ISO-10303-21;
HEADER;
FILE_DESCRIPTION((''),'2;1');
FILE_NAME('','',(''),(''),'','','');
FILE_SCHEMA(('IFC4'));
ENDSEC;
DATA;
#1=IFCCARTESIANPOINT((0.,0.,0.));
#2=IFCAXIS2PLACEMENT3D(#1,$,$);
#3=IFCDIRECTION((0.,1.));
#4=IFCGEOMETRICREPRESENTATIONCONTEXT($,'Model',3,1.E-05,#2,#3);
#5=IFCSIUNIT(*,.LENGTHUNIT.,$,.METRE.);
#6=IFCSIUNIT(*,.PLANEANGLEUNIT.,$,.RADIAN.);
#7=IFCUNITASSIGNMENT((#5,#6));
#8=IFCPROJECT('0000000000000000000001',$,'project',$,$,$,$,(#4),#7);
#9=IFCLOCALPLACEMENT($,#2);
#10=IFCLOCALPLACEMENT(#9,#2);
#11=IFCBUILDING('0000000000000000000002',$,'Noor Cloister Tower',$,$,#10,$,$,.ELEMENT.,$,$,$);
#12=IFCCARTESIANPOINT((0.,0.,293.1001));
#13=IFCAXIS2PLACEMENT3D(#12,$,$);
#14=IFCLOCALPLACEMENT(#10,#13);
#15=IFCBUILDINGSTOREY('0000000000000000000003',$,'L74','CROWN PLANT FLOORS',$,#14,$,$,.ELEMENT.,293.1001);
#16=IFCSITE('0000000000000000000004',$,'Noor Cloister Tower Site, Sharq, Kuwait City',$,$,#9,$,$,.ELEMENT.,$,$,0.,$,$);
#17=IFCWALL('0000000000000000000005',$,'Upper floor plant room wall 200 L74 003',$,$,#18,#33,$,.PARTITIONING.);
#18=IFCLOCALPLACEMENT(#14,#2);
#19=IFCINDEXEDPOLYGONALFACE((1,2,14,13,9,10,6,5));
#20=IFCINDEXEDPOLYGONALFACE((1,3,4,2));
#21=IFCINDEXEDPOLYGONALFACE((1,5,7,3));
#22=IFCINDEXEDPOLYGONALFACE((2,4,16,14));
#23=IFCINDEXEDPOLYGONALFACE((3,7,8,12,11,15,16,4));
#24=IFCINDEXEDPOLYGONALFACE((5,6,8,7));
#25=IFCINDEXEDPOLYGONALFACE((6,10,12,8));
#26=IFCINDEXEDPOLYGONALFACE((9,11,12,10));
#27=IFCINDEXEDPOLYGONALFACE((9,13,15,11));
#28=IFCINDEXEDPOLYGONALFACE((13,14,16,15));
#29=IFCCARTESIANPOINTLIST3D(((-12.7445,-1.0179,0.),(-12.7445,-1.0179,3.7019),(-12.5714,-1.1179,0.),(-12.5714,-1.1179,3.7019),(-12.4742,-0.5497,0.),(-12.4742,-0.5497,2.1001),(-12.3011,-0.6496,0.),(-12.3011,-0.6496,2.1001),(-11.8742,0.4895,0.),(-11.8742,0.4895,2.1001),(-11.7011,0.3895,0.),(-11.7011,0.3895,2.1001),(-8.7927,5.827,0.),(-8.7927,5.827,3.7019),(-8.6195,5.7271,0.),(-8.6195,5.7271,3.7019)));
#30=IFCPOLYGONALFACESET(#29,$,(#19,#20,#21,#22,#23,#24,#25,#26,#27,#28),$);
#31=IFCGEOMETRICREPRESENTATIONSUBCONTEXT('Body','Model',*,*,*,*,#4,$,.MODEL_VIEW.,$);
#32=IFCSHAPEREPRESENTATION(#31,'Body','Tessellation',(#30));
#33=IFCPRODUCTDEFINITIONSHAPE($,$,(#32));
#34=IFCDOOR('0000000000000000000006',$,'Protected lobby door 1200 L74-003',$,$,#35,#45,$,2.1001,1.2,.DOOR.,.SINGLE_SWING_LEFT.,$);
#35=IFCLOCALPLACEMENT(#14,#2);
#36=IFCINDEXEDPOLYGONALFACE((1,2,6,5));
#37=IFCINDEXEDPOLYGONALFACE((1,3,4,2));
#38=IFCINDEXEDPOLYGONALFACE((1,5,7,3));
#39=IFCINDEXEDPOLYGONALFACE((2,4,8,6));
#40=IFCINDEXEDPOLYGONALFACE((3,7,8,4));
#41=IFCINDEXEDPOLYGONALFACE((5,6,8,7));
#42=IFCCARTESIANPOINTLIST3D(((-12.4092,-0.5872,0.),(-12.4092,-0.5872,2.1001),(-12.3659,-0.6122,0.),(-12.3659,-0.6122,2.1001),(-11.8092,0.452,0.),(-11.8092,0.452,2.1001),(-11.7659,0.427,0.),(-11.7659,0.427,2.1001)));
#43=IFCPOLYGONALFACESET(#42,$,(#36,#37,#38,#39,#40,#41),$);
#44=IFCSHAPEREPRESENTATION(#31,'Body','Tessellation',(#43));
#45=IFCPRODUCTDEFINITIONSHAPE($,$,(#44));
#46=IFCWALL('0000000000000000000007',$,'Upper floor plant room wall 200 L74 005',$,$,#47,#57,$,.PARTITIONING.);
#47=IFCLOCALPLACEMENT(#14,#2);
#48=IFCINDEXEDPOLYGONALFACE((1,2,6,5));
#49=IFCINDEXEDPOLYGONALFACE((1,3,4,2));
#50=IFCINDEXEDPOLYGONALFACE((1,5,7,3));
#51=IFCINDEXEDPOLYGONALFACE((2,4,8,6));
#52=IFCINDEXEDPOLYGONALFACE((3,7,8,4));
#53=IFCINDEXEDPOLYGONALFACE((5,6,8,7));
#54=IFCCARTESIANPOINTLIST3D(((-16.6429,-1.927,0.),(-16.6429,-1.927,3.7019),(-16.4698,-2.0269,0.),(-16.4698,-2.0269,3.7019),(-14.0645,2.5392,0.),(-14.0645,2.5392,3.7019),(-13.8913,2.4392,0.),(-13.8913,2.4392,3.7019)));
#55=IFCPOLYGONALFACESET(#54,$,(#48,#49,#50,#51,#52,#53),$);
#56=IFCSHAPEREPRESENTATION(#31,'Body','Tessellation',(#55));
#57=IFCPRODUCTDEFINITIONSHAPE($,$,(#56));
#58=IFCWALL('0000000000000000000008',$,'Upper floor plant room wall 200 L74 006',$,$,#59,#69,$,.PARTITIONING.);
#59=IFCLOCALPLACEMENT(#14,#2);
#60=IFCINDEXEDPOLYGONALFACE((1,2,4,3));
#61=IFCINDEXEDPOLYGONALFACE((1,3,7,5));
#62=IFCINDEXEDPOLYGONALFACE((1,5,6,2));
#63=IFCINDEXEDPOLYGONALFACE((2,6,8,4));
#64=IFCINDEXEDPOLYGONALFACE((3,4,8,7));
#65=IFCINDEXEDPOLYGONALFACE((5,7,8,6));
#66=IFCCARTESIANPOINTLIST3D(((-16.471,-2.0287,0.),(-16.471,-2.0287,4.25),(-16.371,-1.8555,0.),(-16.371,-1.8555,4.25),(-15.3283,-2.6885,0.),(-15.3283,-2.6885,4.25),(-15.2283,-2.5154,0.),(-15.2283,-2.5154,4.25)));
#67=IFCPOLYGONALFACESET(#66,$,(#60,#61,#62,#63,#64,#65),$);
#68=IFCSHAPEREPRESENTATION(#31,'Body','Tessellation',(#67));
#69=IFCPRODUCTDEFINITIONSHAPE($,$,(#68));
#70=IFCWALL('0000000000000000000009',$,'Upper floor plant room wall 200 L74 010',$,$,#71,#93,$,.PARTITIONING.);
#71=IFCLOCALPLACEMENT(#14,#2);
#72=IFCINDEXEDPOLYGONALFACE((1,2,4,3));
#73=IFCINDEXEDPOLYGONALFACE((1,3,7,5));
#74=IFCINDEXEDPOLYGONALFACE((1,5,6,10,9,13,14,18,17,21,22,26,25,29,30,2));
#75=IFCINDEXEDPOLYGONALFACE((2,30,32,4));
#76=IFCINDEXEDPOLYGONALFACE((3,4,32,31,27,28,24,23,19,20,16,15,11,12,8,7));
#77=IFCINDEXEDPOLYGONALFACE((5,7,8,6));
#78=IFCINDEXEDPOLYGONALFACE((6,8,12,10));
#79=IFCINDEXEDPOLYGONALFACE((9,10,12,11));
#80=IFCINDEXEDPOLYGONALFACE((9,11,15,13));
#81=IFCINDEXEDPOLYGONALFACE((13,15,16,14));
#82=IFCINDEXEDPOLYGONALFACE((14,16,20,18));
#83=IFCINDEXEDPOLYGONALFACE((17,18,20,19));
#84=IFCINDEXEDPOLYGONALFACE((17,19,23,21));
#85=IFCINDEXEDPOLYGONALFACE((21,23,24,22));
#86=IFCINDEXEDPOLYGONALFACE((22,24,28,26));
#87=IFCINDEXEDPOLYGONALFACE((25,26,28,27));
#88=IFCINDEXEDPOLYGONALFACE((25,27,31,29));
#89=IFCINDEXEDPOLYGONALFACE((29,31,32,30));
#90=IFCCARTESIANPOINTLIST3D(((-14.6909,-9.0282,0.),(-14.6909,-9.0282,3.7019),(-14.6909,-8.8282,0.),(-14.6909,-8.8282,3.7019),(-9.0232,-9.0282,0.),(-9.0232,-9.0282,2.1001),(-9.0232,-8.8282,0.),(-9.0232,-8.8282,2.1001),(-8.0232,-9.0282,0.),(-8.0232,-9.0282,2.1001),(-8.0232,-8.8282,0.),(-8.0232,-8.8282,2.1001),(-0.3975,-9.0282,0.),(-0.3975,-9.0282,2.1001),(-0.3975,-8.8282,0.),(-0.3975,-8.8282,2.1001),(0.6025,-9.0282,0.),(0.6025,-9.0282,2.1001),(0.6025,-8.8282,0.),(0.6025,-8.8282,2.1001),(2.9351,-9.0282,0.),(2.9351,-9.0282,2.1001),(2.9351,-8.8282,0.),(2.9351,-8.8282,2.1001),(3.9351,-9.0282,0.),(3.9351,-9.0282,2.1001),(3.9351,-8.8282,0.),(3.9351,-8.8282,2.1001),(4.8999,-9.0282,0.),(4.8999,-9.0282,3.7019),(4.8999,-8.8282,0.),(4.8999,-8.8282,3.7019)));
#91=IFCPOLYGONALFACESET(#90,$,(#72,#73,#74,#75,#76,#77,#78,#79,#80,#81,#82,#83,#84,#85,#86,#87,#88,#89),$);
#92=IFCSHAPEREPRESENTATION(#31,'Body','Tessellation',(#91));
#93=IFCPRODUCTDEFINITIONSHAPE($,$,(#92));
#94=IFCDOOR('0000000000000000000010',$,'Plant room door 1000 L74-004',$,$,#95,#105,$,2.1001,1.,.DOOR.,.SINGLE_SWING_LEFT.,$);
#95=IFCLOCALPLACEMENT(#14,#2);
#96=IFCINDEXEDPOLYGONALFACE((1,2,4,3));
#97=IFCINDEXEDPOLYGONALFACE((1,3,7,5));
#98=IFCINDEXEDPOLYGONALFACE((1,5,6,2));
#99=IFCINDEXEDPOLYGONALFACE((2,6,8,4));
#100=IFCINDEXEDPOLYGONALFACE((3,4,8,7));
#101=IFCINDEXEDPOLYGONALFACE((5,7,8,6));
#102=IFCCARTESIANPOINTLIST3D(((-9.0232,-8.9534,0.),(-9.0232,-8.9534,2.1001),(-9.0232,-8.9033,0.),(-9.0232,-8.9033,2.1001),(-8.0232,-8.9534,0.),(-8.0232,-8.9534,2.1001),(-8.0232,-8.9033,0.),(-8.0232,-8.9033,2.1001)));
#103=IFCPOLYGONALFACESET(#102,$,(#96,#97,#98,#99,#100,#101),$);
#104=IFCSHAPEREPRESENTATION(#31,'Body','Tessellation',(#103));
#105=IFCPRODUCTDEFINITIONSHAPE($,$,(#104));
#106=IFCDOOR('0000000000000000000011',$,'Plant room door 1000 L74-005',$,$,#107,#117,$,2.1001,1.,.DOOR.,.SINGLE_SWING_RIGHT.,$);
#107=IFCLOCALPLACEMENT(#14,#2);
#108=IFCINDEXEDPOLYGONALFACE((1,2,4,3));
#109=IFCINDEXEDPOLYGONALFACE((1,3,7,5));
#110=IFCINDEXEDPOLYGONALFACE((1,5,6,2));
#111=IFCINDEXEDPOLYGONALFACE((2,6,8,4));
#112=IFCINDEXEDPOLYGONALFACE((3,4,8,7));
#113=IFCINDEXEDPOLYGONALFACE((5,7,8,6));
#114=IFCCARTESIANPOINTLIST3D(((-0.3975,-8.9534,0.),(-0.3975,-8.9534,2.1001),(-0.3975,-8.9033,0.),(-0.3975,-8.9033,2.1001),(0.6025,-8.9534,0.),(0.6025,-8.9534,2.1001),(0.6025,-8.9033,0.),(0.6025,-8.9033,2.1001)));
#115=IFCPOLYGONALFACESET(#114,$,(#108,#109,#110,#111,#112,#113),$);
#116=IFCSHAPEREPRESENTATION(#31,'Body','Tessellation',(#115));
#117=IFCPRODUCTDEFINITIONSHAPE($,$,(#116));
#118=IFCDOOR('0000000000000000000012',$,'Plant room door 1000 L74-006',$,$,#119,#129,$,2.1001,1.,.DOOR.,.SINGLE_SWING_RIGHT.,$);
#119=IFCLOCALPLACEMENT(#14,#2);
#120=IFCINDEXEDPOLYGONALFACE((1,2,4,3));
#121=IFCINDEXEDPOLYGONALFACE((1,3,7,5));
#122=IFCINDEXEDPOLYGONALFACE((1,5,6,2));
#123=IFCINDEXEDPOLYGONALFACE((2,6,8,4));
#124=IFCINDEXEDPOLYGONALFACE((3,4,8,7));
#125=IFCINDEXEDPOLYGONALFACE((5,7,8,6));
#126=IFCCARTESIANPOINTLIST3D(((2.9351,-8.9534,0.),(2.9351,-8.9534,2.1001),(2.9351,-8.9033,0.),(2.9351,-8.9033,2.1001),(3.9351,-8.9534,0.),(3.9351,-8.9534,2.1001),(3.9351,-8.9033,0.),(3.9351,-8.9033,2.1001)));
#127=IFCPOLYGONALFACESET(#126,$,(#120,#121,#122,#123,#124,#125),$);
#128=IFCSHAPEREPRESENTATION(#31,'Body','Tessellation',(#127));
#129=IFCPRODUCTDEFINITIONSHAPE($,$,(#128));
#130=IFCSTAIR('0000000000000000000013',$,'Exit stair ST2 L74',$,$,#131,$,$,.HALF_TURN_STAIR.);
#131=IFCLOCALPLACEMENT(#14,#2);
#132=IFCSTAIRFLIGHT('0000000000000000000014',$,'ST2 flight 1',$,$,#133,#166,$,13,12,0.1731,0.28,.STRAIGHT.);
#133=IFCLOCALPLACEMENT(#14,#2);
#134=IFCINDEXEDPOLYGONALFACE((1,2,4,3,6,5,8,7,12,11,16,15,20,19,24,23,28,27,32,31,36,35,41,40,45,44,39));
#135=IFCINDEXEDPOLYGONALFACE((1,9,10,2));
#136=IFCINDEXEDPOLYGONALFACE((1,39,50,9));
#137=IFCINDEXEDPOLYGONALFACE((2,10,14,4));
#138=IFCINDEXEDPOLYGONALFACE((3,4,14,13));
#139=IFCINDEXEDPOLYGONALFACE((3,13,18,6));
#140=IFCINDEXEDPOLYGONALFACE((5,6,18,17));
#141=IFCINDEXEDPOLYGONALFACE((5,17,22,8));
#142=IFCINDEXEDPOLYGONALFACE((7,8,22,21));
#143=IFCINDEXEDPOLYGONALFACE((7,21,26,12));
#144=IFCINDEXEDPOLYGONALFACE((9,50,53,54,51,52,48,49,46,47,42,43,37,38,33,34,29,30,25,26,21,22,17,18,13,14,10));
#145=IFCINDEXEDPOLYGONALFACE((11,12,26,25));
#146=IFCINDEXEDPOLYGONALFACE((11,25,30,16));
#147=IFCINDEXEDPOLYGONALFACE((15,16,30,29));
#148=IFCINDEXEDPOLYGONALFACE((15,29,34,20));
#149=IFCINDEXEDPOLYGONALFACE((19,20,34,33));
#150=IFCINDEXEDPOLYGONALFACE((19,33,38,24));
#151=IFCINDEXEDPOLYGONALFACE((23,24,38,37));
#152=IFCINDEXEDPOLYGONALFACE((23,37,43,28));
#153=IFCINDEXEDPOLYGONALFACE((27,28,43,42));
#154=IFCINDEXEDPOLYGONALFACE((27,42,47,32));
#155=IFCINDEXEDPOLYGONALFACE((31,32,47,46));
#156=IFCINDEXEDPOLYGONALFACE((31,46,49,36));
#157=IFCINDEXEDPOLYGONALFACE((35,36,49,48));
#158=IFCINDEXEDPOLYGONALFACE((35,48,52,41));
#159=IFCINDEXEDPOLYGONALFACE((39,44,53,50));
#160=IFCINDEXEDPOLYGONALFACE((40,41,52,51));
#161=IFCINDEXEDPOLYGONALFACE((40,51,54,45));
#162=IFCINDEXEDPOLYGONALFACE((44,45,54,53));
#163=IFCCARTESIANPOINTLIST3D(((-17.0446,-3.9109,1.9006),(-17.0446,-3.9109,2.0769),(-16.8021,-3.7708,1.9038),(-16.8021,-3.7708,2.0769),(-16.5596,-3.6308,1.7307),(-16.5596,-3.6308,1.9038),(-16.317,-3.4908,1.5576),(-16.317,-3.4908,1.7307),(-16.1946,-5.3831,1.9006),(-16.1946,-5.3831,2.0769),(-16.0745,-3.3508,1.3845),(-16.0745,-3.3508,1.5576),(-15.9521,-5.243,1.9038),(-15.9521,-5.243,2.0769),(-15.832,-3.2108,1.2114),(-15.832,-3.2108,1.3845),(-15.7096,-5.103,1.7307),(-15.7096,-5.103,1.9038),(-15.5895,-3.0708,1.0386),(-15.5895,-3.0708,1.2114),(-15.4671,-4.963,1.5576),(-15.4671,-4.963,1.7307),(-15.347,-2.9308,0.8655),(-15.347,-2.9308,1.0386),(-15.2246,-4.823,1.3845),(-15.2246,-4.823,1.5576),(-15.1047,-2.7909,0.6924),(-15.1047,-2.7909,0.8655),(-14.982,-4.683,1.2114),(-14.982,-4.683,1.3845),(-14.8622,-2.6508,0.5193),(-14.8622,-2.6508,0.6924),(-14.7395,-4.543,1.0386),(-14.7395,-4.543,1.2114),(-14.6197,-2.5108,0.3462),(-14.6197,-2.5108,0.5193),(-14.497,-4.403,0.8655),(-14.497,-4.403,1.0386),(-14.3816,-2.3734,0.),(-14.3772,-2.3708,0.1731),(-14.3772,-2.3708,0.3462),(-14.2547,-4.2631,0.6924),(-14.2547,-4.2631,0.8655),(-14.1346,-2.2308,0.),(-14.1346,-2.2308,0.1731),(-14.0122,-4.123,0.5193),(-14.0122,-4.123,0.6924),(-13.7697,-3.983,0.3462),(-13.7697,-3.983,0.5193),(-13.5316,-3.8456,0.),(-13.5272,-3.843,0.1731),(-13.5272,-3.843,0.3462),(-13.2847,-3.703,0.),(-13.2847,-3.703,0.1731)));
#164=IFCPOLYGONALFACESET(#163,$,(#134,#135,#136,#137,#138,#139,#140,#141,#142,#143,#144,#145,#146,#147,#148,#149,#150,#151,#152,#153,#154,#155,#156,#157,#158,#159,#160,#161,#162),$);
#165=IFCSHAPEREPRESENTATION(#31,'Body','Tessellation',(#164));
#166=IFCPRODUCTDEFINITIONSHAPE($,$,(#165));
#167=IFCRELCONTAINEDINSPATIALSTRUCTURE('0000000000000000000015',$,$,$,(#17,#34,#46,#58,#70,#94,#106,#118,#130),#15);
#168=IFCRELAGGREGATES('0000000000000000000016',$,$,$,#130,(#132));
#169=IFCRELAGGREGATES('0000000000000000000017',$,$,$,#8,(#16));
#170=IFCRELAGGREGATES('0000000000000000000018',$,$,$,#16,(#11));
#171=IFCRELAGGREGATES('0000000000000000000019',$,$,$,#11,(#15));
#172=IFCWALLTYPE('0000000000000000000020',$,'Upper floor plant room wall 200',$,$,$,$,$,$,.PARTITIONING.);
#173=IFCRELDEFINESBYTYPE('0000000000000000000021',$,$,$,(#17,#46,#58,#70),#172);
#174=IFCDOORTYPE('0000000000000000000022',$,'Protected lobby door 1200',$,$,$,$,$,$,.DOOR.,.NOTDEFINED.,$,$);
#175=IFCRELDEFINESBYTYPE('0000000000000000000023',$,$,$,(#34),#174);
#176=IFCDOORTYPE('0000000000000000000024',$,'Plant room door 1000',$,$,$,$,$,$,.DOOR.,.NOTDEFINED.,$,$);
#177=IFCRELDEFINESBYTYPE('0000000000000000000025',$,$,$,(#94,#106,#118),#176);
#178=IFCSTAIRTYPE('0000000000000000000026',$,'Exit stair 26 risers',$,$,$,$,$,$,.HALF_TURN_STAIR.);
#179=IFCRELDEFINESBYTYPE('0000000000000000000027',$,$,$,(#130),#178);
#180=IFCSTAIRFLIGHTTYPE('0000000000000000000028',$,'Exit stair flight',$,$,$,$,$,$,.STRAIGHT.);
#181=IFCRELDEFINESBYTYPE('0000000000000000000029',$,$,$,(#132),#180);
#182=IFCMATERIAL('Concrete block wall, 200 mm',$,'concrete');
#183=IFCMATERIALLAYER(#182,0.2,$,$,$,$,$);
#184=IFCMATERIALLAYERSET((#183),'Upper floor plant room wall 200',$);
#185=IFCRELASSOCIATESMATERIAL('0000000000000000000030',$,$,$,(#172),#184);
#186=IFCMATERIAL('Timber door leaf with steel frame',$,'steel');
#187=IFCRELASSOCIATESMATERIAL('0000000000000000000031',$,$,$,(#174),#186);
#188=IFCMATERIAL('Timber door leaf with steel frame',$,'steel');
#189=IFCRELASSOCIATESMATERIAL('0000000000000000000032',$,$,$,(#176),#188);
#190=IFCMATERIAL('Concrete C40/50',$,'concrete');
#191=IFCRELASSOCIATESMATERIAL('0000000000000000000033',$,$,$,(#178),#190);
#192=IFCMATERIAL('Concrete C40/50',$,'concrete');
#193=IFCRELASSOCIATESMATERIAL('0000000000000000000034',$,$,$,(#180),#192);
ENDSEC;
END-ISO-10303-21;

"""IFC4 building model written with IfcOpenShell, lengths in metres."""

from ifc_helpers import new_model, si_unit, direction, frame, frame_2d, origin, place, context, subcontext, project, spatial, polyline, rectangle, outline, extrude, material, layer, layer_set, type_object, element, fill, aggregate, save


model = new_model("IFC4")

# Units and contexts
model_context = context("Model", 3, precision=1e-05, world=origin(), true_north=direction((0.0, 1.0)))
body_context = subcontext(model_context, "Body", "Model", "MODEL_VIEW")
ifc_project = project(units=[si_unit("LENGTHUNIT", "METRE"), si_unit("PLANEANGLEUNIT", "RADIAN")], contexts=[model_context])

# Site, building, storey
site_placement = place(None, origin())
site = spatial("IfcSite", under=ifc_project, at=site_placement, Name="Noor Cloister Tower Site, Sharq, Kuwait City", CompositionType="ELEMENT", RefElevation=0.0)
building_placement = place(site_placement, origin())
building = spatial("IfcBuilding", under=site, at=building_placement, Name="Noor Cloister Tower", CompositionType="ELEMENT")
storey_placement = place(building_placement, frame((0.0, 0.0, 293.1001)))
storey = spatial("IfcBuildingStorey", under=building, at=storey_placement, Name="L74", Description="CROWN PLANT FLOORS", CompositionType="ELEMENT", Elevation=293.1001)

# Wall, opening, door
ifc_material_1 = material(Name="Concrete block wall, 200 mm", Category="concrete")
ifc_layer_1 = layer(ifc_material_1, 0.2)
ifc_layer_set_1 = layer_set([ifc_layer_1], Name="Upper floor plant room wall 200")
wall_type_1 = type_object("IfcWallType", Name="Upper floor plant room wall 200", PredefinedType="PARTITIONING", material=ifc_layer_set_1)
wall_1_placement = place(storey_placement, frame((-12.658, -1.0679, 0.0), z_axis=(0.0, 0.0, 1.0), x_axis=(0.499996, 0.866028, 0.0)))
wall_1 = element("IfcWall", 1, at=wall_1_placement, inside=storey, type_object=wall_type_1, Name="Upper floor plant room wall 200 L74 003", PredefinedType="PARTITIONING", context=body_context, shape_type="SweptSolid", body=[
    extrude(rectangle(XDim=7.9038, YDim=0.2, at=frame_2d((3.9519, 0.0))), origin(), (0.0, 0.0, 1.0), 3.7019),
])
opening_1_placement = place(wall_1_placement, frame((0.5405, 0.0, 0.0)))
opening_1 = element("IfcOpeningElement", 2, at=opening_1_placement, cuts=wall_1, PredefinedType="OPENING", context=body_context, shape_type="SweptSolid", body=[
    extrude(rectangle(XDim=1.2, YDim=2.1001, at=frame_2d((0.6001, 1.05))), frame((0.0, 0.1099, 0.0), z_axis=(0.0, -1.0, 0.0), x_axis=(1.0, 0.0, 0.0)), (0.0, 0.0, 1.0), 0.22),
])
ifc_material_2 = material(Name="Timber door leaf with steel frame", Category="steel")
door_type_1 = type_object("IfcDoorType", Name="Protected lobby door 1200", OperationType="NOTDEFINED", PredefinedType="DOOR", material=ifc_material_2)
door_1_placement = place(opening_1_placement, origin())
door_1 = element("IfcDoor", 3, at=door_1_placement, inside=storey, type_object=door_type_1, Name="Protected lobby door 1200 L74-003", OperationType="SINGLE_SWING_LEFT", OverallHeight=2.1001, OverallWidth=1.2, PredefinedType="DOOR", context=body_context, shape_type="SweptSolid", body=[
    extrude(rectangle(XDim=1.2, YDim=2.1001, at=frame_2d((0.6001, 1.05))), frame((0.0, 0.0249, 0.0), z_axis=(0.0, -1.0, 0.0), x_axis=(1.0, 0.0, 0.0)), (0.0, 0.0, 1.0), 0.05),
])
fill(opening_1, door_1)

# Walls
wall_2_placement = place(storey_placement, frame((-16.5564, -1.9771, 0.0), z_axis=(0.0, 0.0, 1.0), x_axis=(0.499983, 0.866035, 0.0)))
element("IfcWall", 4, at=wall_2_placement, inside=storey, type_object=wall_type_1, Name="Upper floor plant room wall 200 L74 005", PredefinedType="PARTITIONING", context=body_context, shape_type="SweptSolid", body=[
    extrude(rectangle(XDim=5.157, YDim=0.2, at=frame_2d((2.5786, 0.0))), origin(), (0.0, 0.0, 1.0), 3.7019),
])
wall_3_placement = place(storey_placement, frame((-16.4209, -1.9421, 0.0), z_axis=(0.0, 0.0, 1.0), x_axis=(0.865991, -0.500059, 0.0)))
element("IfcWall", 5, at=wall_3_placement, inside=storey, type_object=wall_type_1, Name="Upper floor plant room wall 200 L74 006", PredefinedType="PARTITIONING", context=body_context, shape_type="SweptSolid", body=[
    extrude(rectangle(XDim=1.3196, YDim=0.2, at=frame_2d((0.6597, 0.0))), origin(), (0.0, 0.0, 1.0), 4.25),
])

# Wall, openings, doors
wall_4_placement = place(storey_placement, frame((-14.6909, -8.9282, 0.0), z_axis=(0.0, 0.0, 1.0), x_axis=(1.0, 0.0, 0.0)))
wall_4 = element("IfcWall", 6, at=wall_4_placement, inside=storey, type_object=wall_type_1, Name="Upper floor plant room wall 200 L74 010", PredefinedType="PARTITIONING", context=body_context, shape_type="SweptSolid", body=[
    extrude(rectangle(XDim=19.5908, YDim=0.2, at=frame_2d((9.7954, 0.0))), origin(), (0.0, 0.0, 1.0), 3.7019),
])
opening_2_placement = place(wall_4_placement, frame((5.6677, 0.0, 0.0)))
opening_2 = element("IfcOpeningElement", 7, at=opening_2_placement, cuts=wall_4, PredefinedType="OPENING", context=body_context, shape_type="SweptSolid", body=[
    extrude(rectangle(XDim=1.0, YDim=2.1001, at=frame_2d((0.5, 1.05))), frame((0.0, 0.1099, 0.0), z_axis=(0.0, -1.0, 0.0), x_axis=(1.0, 0.0, 0.0)), (0.0, 0.0, 1.0), 0.22),
])
opening_3_placement = place(wall_4_placement, frame((14.2935, 0.0, 0.0)))
opening_3 = element("IfcOpeningElement", 8, at=opening_3_placement, cuts=wall_4, PredefinedType="OPENING", context=body_context, shape_type="SweptSolid", body=[
    extrude(rectangle(XDim=1.0, YDim=2.1001, at=frame_2d((0.5, 1.05))), frame((0.0, 0.1099, 0.0), z_axis=(0.0, -1.0, 0.0), x_axis=(1.0, 0.0, 0.0)), (0.0, 0.0, 1.0), 0.22),
])
opening_4_placement = place(wall_4_placement, frame((17.626, 0.0, 0.0)))
opening_4 = element("IfcOpeningElement", 9, at=opening_4_placement, cuts=wall_4, PredefinedType="OPENING", context=body_context, shape_type="SweptSolid", body=[
    extrude(rectangle(XDim=1.0, YDim=2.1001, at=frame_2d((0.5, 1.05))), frame((0.0, 0.1099, 0.0), z_axis=(0.0, -1.0, 0.0), x_axis=(1.0, 0.0, 0.0)), (0.0, 0.0, 1.0), 0.22),
])
ifc_material_3 = material(Name="Timber door leaf with steel frame", Category="steel")
door_type_2 = type_object("IfcDoorType", Name="Plant room door 1000", OperationType="NOTDEFINED", PredefinedType="DOOR", material=ifc_material_3)
door_2_placement = place(opening_2_placement, origin())
door_2 = element("IfcDoor", 10, at=door_2_placement, inside=storey, type_object=door_type_2, Name="Plant room door 1000 L74-004", OperationType="SINGLE_SWING_LEFT", OverallHeight=2.1001, OverallWidth=1.0, PredefinedType="DOOR", context=body_context, shape_type="SweptSolid", body=[
    extrude(rectangle(XDim=1.0, YDim=2.1001, at=frame_2d((0.5, 1.05))), frame((0.0, 0.0249, 0.0), z_axis=(0.0, -1.0, 0.0), x_axis=(1.0, 0.0, 0.0)), (0.0, 0.0, 1.0), 0.05),
])
fill(opening_2, door_2)
door_3_placement = place(opening_3_placement, origin())
door_3 = element("IfcDoor", 11, at=door_3_placement, inside=storey, type_object=door_type_2, Name="Plant room door 1000 L74-005", OperationType="SINGLE_SWING_RIGHT", OverallHeight=2.1001, OverallWidth=1.0, PredefinedType="DOOR", context=body_context, shape_type="SweptSolid", body=[
    extrude(rectangle(XDim=1.0, YDim=2.1001, at=frame_2d((0.5, 1.05))), frame((0.0, 0.0249, 0.0), z_axis=(0.0, -1.0, 0.0), x_axis=(1.0, 0.0, 0.0)), (0.0, 0.0, 1.0), 0.05),
])
fill(opening_3, door_3)
door_4_placement = place(opening_4_placement, origin())
door_4 = element("IfcDoor", 12, at=door_4_placement, inside=storey, type_object=door_type_2, Name="Plant room door 1000 L74-006", OperationType="SINGLE_SWING_RIGHT", OverallHeight=2.1001, OverallWidth=1.0, PredefinedType="DOOR", context=body_context, shape_type="SweptSolid", body=[
    extrude(rectangle(XDim=1.0, YDim=2.1001, at=frame_2d((0.5, 1.05))), frame((0.0, 0.0249, 0.0), z_axis=(0.0, -1.0, 0.0), x_axis=(1.0, 0.0, 0.0)), (0.0, 0.0, 1.0), 0.05),
])
fill(opening_4, door_4)

# Stair, stair flight
ifc_material_4 = material(Name="Concrete C40/50", Category="concrete")
stair_type = type_object("IfcStairType", Name="Exit stair 26 risers", PredefinedType="HALF_TURN_STAIR", material=ifc_material_4)
stair_placement = place(storey_placement, origin())
stair = element("IfcStair", 13, at=stair_placement, inside=storey, type_object=stair_type, Name="Exit stair ST2 L74", PredefinedType="HALF_TURN_STAIR")
ifc_material_5 = material(Name="Concrete C40/50", Category="concrete")
stair_flight_type = type_object("IfcStairFlightType", Name="Exit stair flight", PredefinedType="STRAIGHT", material=ifc_material_5)
stair_flight_1_placement = place(storey_placement, frame((-13.7097, -2.9668, 0.0), z_axis=(0.0, 0.0, 1.0), x_axis=(-0.866025, -0.5, 0.0)))
stair_flight_1 = element("IfcStairFlight", 14, at=stair_flight_1_placement, type_object=stair_flight_type, Name="ST2 flight 1", NumberOfRisers=13, NumberOfTreads=12, PredefinedType="STRAIGHT", RiserHeight=0.1731, TreadLength=0.28, context=body_context, shape_type="SweptSolid", body=[
    extrude(outline(polyline([(0.0, 0.0), (0.0, 0.1731), (0.28, 0.1731), (0.28, 0.3462), (0.5601, 0.3462), (0.5601, 0.5193), (0.8401, 0.5193), (0.8401, 0.6924), (1.1201, 0.6924), (1.1201, 0.8655), (1.3999, 0.8655), (1.3999, 1.0386), (1.6799, 1.0386), (1.6799, 1.2114), (1.96, 1.2114), (1.96, 1.3845), (2.24, 1.3845), (2.24, 1.5576), (2.52, 1.5576), (2.52, 1.7307), (2.8, 1.7307), (2.8, 1.9038), (3.0801, 1.9038), (3.0801, 2.0769), (3.3601, 2.0769), (3.3601, 2.25), (3.3601, 1.9006), (0.2852, 0.0), (0.0, 0.0)])), frame((0.0, 0.8501, 0.0), z_axis=(0.0, -1.0, 0.0), x_axis=(1.0, 0.0, 0.0)), (0.0, 0.0, 1.0), 1.7),
])
aggregate(stair, [stair_flight_1])

save(model, "model.ifc")
